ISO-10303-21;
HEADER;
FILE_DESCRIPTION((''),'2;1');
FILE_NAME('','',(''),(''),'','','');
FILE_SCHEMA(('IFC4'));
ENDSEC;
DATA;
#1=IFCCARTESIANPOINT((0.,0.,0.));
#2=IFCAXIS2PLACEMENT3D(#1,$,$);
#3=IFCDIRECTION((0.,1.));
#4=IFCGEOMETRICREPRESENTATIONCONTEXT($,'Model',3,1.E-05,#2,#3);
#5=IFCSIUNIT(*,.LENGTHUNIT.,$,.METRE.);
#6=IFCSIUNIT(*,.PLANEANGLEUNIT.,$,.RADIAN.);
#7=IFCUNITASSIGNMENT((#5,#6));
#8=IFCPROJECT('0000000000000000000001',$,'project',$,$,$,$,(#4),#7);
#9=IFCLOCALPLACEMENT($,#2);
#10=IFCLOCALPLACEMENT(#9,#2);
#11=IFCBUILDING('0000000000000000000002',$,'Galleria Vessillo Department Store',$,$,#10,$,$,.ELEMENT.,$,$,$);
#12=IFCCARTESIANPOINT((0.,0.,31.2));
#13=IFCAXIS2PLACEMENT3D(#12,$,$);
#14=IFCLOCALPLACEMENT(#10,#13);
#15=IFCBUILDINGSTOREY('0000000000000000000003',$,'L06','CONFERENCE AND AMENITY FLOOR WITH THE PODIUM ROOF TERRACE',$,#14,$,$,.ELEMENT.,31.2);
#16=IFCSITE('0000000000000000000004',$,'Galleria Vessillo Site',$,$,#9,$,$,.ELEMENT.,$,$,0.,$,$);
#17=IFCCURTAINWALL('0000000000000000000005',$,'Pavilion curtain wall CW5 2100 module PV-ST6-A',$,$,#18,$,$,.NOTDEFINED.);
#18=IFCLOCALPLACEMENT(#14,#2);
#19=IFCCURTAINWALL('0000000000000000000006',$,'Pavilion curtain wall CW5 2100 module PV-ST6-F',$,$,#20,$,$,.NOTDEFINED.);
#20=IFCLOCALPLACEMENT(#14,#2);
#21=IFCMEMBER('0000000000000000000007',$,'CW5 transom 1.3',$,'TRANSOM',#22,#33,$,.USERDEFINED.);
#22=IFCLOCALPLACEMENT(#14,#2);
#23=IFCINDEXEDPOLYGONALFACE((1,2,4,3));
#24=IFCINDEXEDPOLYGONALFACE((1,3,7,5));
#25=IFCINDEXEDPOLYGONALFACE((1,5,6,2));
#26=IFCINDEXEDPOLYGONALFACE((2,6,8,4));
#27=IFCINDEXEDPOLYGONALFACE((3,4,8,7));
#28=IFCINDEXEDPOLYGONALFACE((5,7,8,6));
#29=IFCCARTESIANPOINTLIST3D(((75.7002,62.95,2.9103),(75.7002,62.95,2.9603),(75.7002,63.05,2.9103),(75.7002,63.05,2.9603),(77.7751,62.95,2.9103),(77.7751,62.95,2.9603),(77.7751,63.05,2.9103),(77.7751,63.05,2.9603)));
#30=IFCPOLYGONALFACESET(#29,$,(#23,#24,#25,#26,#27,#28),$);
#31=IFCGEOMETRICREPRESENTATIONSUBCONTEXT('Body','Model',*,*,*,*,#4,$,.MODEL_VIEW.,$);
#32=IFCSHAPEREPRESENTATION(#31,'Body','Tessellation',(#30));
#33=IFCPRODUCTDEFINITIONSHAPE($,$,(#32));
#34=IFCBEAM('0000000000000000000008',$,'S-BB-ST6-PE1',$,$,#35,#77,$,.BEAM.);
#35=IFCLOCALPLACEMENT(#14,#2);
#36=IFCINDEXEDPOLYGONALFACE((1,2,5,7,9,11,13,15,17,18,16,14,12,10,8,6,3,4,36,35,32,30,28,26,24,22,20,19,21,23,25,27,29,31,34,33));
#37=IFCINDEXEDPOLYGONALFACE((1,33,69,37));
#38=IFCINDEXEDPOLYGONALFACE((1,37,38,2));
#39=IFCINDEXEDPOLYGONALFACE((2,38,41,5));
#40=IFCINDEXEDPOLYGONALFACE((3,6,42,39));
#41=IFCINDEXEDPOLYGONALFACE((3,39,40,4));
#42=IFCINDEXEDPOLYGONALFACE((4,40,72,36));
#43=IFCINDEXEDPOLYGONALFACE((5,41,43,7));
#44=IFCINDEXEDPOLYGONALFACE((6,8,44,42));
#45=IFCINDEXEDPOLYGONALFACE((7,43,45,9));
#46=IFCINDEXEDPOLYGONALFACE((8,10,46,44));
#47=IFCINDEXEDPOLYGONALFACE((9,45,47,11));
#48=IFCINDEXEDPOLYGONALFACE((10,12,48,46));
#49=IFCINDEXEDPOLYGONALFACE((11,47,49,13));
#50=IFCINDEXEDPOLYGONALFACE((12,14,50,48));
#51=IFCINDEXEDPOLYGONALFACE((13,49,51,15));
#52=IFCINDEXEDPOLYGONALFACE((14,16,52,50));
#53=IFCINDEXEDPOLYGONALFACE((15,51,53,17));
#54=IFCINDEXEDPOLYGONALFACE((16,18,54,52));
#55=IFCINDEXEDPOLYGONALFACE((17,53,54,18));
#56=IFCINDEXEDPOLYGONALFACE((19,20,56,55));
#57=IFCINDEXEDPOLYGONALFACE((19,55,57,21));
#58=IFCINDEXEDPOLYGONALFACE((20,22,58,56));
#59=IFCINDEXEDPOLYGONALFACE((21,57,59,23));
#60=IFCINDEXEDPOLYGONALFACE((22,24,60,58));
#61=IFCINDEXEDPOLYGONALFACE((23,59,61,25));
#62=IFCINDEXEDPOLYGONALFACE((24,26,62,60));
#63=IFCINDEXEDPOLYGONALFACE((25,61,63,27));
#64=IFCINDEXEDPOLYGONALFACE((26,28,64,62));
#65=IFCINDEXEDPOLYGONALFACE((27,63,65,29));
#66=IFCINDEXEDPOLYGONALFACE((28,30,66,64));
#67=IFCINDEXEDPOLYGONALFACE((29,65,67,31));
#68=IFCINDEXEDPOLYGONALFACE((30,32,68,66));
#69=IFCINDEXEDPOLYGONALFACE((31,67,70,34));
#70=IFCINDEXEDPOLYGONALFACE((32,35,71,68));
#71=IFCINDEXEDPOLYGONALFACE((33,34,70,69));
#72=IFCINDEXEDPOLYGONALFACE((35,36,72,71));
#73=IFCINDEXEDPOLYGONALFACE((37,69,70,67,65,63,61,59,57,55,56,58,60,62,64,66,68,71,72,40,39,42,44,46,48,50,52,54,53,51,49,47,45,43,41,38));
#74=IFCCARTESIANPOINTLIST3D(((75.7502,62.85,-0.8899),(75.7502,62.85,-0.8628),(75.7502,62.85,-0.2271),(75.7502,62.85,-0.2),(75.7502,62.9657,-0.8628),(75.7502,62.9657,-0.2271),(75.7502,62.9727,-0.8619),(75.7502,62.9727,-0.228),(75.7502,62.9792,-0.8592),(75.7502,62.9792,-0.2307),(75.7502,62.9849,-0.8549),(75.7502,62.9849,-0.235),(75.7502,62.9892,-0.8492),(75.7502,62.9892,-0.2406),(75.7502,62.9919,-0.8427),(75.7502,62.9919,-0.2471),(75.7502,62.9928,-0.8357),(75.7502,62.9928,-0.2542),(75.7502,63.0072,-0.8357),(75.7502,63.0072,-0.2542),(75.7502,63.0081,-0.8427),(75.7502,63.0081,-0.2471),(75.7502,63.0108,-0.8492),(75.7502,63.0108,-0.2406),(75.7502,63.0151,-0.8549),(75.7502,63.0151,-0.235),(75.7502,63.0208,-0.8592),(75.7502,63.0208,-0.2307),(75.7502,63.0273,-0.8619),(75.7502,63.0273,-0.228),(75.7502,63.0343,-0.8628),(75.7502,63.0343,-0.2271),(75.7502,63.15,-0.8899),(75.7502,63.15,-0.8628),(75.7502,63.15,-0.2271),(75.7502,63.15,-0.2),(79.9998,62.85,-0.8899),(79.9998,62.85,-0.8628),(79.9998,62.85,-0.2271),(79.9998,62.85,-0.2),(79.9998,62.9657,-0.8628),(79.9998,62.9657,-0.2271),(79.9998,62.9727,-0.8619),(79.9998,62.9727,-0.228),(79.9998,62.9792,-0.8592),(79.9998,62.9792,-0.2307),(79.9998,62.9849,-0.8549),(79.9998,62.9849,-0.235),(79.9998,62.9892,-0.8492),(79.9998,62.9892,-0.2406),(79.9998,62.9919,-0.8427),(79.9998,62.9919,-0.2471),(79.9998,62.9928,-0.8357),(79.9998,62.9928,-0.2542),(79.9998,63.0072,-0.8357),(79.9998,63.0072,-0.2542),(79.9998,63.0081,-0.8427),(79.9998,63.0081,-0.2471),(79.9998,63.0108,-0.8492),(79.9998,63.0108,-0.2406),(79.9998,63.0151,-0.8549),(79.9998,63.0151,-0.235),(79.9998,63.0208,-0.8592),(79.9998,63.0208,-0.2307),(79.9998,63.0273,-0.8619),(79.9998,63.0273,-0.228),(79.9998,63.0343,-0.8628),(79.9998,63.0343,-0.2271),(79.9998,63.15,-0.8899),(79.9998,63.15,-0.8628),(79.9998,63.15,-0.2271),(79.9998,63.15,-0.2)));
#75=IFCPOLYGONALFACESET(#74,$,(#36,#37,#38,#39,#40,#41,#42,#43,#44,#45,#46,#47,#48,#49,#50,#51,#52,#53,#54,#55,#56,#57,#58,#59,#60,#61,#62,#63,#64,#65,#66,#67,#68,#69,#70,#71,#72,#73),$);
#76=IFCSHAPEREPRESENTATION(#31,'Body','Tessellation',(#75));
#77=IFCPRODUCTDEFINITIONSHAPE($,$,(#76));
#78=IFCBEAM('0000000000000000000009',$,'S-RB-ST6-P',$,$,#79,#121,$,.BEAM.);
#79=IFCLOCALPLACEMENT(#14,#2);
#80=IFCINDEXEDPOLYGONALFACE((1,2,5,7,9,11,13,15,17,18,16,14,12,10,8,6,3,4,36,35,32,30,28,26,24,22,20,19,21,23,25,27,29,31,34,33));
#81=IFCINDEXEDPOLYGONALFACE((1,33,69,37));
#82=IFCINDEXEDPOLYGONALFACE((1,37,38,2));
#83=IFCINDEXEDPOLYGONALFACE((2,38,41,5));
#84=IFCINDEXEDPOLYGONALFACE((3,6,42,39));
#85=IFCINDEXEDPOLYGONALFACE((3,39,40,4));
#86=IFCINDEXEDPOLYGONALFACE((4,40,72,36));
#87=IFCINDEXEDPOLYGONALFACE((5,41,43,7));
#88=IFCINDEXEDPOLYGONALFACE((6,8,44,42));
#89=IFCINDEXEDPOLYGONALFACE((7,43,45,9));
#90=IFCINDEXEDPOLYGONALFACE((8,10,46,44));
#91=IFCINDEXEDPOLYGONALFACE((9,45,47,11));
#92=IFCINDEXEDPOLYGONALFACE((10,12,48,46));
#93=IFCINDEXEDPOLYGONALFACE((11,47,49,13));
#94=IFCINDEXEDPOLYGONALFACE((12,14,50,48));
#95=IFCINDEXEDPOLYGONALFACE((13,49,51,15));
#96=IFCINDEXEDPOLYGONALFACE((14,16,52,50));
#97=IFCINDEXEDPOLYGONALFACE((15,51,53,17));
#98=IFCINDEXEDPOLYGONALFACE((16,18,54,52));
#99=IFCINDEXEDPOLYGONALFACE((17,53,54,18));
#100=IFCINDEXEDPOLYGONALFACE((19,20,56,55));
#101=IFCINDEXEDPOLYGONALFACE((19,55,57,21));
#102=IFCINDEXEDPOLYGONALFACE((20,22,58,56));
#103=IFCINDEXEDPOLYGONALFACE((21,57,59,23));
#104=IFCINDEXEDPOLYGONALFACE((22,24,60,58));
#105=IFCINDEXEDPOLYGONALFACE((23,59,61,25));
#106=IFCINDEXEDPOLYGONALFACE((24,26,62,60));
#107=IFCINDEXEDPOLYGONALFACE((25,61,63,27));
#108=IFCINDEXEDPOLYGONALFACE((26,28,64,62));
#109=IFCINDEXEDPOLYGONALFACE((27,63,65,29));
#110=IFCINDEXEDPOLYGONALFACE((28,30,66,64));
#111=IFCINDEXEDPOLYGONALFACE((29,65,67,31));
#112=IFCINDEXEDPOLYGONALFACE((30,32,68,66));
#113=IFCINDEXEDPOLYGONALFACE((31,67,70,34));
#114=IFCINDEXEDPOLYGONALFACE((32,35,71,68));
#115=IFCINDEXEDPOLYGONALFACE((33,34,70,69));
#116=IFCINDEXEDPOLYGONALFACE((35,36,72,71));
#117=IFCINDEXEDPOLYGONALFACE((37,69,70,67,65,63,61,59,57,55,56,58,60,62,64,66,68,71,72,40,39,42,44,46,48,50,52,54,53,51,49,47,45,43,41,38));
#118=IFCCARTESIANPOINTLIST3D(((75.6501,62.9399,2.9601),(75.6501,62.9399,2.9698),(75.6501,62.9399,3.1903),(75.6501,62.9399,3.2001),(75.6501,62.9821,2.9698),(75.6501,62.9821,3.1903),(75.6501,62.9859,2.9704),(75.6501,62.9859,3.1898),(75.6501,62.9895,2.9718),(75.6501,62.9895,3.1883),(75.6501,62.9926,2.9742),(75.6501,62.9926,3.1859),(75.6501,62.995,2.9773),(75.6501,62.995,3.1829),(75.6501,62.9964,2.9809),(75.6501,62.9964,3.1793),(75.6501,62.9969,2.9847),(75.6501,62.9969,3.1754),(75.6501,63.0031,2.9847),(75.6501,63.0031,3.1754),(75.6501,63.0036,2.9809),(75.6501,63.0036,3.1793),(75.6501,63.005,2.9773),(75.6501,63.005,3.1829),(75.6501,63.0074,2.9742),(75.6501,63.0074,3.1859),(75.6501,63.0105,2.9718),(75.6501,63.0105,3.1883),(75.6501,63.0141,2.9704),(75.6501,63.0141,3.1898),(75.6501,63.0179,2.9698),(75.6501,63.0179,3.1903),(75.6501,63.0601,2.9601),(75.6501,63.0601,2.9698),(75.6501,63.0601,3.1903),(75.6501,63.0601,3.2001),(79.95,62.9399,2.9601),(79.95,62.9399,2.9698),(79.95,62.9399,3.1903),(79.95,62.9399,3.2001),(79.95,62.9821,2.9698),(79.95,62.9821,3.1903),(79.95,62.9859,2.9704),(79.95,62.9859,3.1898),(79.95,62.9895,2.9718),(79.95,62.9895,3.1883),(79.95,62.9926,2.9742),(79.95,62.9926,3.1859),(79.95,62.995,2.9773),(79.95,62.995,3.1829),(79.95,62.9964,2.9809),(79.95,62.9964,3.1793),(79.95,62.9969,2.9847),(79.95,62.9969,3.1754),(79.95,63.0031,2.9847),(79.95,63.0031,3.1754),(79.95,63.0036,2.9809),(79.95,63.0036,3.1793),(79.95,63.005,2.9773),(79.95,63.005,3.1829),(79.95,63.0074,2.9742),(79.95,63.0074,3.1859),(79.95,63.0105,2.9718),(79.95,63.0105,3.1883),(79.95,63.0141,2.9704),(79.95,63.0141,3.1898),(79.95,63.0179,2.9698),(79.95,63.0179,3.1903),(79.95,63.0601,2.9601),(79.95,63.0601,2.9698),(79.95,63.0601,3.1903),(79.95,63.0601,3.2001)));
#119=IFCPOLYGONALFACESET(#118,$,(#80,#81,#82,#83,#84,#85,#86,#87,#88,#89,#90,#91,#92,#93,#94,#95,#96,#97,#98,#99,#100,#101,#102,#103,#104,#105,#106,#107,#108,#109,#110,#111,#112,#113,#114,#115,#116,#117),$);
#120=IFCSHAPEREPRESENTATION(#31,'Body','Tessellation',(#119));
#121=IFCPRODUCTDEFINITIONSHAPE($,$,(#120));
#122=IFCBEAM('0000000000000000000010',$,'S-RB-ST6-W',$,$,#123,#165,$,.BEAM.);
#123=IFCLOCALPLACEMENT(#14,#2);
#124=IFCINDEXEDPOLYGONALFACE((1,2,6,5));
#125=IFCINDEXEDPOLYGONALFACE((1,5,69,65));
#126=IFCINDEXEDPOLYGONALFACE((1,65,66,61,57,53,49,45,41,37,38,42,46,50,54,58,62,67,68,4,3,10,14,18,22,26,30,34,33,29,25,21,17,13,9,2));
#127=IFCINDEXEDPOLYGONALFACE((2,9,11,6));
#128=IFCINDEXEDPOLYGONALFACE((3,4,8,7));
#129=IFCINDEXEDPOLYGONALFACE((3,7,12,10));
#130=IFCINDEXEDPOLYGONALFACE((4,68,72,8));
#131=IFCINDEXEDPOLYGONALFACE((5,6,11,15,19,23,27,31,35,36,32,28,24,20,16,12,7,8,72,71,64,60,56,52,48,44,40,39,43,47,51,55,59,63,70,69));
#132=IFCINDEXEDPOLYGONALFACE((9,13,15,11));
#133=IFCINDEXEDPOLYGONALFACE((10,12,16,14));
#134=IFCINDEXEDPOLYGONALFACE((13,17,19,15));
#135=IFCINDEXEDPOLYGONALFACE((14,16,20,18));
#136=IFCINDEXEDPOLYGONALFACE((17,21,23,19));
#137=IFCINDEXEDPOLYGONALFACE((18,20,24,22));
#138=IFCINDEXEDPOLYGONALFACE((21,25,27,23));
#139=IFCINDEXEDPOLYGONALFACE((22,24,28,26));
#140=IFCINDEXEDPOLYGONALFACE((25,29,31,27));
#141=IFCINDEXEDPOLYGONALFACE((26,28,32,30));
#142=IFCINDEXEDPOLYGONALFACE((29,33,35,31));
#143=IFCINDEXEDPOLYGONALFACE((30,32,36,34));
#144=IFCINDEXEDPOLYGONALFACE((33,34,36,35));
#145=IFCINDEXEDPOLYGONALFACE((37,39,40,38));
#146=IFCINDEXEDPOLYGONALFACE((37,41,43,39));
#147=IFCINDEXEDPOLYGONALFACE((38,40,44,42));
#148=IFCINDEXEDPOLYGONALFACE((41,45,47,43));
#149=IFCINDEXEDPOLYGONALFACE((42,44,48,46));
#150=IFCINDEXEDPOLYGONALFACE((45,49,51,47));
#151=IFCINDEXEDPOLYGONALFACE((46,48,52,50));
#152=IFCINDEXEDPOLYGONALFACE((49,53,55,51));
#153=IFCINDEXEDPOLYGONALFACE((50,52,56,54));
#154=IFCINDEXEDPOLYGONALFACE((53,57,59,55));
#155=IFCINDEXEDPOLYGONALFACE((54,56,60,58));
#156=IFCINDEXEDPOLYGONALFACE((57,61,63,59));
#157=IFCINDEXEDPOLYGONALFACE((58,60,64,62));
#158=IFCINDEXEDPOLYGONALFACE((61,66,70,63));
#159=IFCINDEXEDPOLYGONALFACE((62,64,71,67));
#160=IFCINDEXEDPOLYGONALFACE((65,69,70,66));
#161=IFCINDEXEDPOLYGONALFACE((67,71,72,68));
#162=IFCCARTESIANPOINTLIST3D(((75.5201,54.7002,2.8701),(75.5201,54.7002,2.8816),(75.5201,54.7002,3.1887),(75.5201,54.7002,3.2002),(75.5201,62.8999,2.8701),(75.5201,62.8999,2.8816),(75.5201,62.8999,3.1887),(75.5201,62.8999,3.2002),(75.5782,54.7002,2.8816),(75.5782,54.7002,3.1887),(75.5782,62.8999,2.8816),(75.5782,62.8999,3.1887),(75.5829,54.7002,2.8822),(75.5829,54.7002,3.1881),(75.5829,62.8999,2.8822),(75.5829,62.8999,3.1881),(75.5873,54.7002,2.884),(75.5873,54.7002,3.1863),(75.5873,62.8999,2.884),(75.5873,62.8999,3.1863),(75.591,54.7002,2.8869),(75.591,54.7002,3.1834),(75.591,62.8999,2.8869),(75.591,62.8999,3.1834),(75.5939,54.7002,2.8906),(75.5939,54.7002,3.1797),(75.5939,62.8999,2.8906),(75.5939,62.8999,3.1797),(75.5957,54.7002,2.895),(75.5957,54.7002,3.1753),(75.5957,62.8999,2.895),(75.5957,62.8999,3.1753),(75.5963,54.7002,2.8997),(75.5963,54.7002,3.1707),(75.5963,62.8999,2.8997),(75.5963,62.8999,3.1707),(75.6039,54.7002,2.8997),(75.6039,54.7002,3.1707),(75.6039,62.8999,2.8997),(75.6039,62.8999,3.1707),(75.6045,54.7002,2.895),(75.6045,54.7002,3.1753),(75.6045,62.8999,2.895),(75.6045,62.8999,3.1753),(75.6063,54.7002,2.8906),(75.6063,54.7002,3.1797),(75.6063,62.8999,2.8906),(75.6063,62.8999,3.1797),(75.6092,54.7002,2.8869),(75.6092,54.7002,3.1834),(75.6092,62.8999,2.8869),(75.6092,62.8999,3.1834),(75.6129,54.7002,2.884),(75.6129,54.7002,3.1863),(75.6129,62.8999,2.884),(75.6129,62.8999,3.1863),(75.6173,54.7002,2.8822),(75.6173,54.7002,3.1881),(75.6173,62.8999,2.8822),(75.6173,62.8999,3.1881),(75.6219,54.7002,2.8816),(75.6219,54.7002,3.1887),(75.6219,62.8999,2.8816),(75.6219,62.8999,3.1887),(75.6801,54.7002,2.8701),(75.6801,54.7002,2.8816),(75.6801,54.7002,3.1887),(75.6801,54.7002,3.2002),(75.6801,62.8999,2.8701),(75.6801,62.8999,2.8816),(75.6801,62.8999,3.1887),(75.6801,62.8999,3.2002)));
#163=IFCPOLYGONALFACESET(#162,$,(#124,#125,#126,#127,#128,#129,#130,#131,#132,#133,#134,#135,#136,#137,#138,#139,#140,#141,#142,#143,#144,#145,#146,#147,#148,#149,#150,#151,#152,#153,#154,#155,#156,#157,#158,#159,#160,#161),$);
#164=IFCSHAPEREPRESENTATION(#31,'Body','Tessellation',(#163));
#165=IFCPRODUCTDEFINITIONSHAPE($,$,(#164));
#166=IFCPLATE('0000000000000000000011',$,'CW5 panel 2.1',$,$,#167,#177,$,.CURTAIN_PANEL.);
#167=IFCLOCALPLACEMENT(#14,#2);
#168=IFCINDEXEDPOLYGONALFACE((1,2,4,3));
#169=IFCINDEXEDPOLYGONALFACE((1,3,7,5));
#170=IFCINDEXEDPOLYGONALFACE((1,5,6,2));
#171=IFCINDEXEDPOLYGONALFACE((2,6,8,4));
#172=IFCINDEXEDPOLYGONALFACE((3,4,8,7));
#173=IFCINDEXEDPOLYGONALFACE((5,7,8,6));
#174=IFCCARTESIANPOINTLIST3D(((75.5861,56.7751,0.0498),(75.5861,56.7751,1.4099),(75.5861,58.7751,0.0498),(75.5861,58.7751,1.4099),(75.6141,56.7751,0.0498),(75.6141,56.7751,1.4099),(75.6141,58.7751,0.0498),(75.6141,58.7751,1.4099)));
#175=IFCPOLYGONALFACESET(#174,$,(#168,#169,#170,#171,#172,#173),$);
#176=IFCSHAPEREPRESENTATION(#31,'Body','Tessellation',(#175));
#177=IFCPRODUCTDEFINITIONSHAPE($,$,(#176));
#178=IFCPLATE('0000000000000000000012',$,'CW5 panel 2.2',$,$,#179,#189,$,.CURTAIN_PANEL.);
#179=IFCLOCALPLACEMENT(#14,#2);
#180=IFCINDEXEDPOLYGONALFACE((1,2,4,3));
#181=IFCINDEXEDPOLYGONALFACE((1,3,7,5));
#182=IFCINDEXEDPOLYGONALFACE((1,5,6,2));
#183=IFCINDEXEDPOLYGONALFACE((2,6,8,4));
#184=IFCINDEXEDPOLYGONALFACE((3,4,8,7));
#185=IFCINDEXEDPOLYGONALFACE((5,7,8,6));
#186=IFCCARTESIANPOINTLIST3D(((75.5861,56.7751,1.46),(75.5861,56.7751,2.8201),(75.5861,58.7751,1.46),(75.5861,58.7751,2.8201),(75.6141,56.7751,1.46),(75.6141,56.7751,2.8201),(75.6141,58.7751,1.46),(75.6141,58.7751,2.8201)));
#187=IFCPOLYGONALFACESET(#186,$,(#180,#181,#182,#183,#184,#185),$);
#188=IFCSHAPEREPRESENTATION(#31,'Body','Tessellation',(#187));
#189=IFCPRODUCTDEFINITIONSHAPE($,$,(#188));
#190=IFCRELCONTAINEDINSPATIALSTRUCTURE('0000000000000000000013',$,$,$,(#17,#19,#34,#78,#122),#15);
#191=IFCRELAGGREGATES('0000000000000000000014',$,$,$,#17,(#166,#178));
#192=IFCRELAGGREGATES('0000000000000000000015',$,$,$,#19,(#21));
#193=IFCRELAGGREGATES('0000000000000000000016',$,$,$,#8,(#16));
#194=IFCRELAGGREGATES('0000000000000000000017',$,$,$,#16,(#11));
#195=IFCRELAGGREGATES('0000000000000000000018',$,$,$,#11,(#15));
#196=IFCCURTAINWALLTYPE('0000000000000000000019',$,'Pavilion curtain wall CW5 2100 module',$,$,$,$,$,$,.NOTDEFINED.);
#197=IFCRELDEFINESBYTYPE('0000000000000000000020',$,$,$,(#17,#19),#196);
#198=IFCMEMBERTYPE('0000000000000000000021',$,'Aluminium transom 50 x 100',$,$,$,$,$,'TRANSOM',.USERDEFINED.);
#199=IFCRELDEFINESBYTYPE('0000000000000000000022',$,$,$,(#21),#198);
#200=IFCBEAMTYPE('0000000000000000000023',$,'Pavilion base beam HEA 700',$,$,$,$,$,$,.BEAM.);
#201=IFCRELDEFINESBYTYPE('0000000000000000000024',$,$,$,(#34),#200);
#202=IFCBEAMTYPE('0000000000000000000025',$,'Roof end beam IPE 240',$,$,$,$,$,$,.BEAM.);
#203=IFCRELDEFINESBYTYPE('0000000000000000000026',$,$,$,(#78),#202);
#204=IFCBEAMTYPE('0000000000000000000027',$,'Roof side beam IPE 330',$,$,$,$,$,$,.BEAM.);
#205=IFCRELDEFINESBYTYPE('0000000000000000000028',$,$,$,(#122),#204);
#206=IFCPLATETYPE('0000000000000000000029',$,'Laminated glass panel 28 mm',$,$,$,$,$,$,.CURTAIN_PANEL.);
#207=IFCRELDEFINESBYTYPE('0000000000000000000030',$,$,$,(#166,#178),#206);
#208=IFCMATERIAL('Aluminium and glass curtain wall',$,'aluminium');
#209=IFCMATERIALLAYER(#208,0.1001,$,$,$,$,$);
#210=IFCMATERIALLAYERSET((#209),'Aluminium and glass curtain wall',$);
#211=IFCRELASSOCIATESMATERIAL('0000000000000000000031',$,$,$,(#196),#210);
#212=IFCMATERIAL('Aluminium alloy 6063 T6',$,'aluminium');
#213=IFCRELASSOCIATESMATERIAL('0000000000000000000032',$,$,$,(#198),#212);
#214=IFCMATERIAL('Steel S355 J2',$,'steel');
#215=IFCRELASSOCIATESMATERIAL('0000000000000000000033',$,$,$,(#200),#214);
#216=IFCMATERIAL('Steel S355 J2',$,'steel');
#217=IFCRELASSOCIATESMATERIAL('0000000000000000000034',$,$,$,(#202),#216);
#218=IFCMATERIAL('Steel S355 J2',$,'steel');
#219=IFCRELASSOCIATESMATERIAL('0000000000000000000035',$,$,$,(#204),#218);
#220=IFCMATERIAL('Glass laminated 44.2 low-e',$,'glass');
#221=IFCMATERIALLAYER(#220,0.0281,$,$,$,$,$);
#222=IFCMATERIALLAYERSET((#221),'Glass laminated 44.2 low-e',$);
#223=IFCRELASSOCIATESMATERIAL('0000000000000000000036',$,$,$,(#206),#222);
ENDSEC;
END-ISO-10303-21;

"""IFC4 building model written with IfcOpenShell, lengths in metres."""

from ifc_helpers import new_model, si_unit, direction, frame, origin, origin_2d, place, context, subcontext, project, spatial, rectangle, i_section, extrude, material, layer, layer_set, material_profile, profile_set, type_object, element, aggregate, save


model = new_model("IFC4")

# Units and contexts
model_context = context("Model", 3, precision=1e-05, world=origin(), true_north=direction((0.0, 1.0)))
body_context = subcontext(model_context, "Body", "Model", "MODEL_VIEW")
ifc_project = project(units=[si_unit("LENGTHUNIT", "METRE"), si_unit("PLANEANGLEUNIT", "RADIAN")], contexts=[model_context])

# Site, building, storey
site_placement = place(None, origin())
site = spatial("IfcSite", under=ifc_project, at=site_placement, Name="Galleria Vessillo Site", CompositionType="ELEMENT", RefElevation=0.0)
building_placement = place(site_placement, origin())
building = spatial("IfcBuilding", under=site, at=building_placement, Name="Galleria Vessillo Department Store", CompositionType="ELEMENT")
storey_placement = place(building_placement, frame((0.0, 0.0, 31.2)))
storey = spatial("IfcBuildingStorey", under=building, at=storey_placement, Name="L06", Description="CONFERENCE AND AMENITY FLOOR WITH THE PODIUM ROOF TERRACE", CompositionType="ELEMENT", Elevation=31.2)

# Curtain walls
ifc_material_1 = material(Name="Aluminium and glass curtain wall", Category="aluminium")
ifc_layer_1 = layer(ifc_material_1, 0.1001)
ifc_layer_set_1 = layer_set([ifc_layer_1], Name="Aluminium and glass curtain wall")
curtain_wall_type = type_object("IfcCurtainWallType", Name="Pavilion curtain wall CW5 2100 module", PredefinedType="NOTDEFINED", material=ifc_layer_set_1)
curtain_wall_1_placement = place(storey_placement, origin())
curtain_wall_1 = element("IfcCurtainWall", 1, at=curtain_wall_1_placement, inside=storey, type_object=curtain_wall_type, Name="Pavilion curtain wall CW5 2100 module PV-ST6-A", PredefinedType="NOTDEFINED")
curtain_wall_2_placement = place(storey_placement, origin())
curtain_wall_2 = element("IfcCurtainWall", 2, at=curtain_wall_2_placement, inside=storey, type_object=curtain_wall_type, Name="Pavilion curtain wall CW5 2100 module PV-ST6-F", PredefinedType="NOTDEFINED")

# Member
ifc_material_2 = material(Name="Aluminium alloy 6063 T6", Category="aluminium")
ifc_material_profile_1 = material_profile(ifc_material_2, rectangle(XDim=0.1001, YDim=0.05, at=origin_2d()), Name="AL 50x100")
ifc_profile_set_1 = profile_set([ifc_material_profile_1], Name="Aluminium alloy 6063 T6")
member_type_1 = type_object("IfcMemberType", Name="Aluminium transom 50 x 100", ElementType="TRANSOM", PredefinedType="USERDEFINED", material=ifc_profile_set_1)
member_1_placement = place(storey_placement, frame((75.7002, 63.0, 2.9353), z_axis=(1.0, 0.0, 0.0), x_axis=(0.0, 1.0, 0.0)))
member_1 = element("IfcMember", 3, at=member_1_placement, type_object=member_type_1, Name="CW5 transom 1.3", ObjectType="TRANSOM", PredefinedType="USERDEFINED", context=body_context, shape_type="SweptSolid", body=[
    extrude(rectangle(XDim=0.1001, YDim=0.05, at=origin_2d()), origin(), (0.0, 0.0, 1.0), 2.075),
])

# Beams
ifc_material_3 = material(Name="Steel S355 J2", Category="steel")
ifc_material_profile_2 = material_profile(ifc_material_3, i_section(OverallWidth=0.3, OverallDepth=0.6899, WebThickness=0.0144, FlangeThickness=0.0271, FilletRadius=0.0271, at=origin_2d()), Name="HEA 700")
ifc_profile_set_2 = profile_set([ifc_material_profile_2], Name="Steel S355 J2")
beam_type_1 = type_object("IfcBeamType", Name="Pavilion base beam HEA 700", PredefinedType="BEAM", material=ifc_profile_set_2)
beam_1_placement = place(storey_placement, frame((75.7502, 63.0, -0.5449), z_axis=(1.0, 0.0, 0.0), x_axis=(0.0, 1.0, 0.0)))
element("IfcBeam", 4, at=beam_1_placement, inside=storey, type_object=beam_type_1, Name="S-BB-ST6-PE1", PredefinedType="BEAM", context=body_context, shape_type="SweptSolid", body=[
    extrude(i_section(OverallWidth=0.3, OverallDepth=0.6899, WebThickness=0.0144, FlangeThickness=0.0271, FilletRadius=0.0271, at=origin_2d()), origin(), (0.0, 0.0, 1.0), 4.2495),
])
ifc_material_4 = material(Name="Steel S355 J2", Category="steel")
ifc_material_profile_3 = material_profile(ifc_material_4, i_section(OverallWidth=0.1201, OverallDepth=0.24, WebThickness=0.0061, FlangeThickness=0.0098, FilletRadius=0.0149, at=origin_2d()), Name="IPE 240")
ifc_profile_set_3 = profile_set([ifc_material_profile_3], Name="Steel S355 J2")
beam_type_2 = type_object("IfcBeamType", Name="Roof end beam IPE 240", PredefinedType="BEAM", material=ifc_profile_set_3)
beam_2_placement = place(storey_placement, frame((75.6501, 63.0, 3.0801), z_axis=(1.0, 0.0, 0.0), x_axis=(0.0, 1.0, 0.0)))
element("IfcBeam", 5, at=beam_2_placement, inside=storey, type_object=beam_type_2, Name="S-RB-ST6-P", PredefinedType="BEAM", context=body_context, shape_type="SweptSolid", body=[
    extrude(i_section(OverallWidth=0.1201, OverallDepth=0.24, WebThickness=0.0061, FlangeThickness=0.0098, FilletRadius=0.0149, at=origin_2d()), origin(), (0.0, 0.0, 1.0), 4.2998),
])
ifc_material_5 = material(Name="Steel S355 J2", Category="steel")
ifc_material_profile_4 = material_profile(ifc_material_5, i_section(OverallWidth=0.1599, OverallDepth=0.3301, WebThickness=0.0076, FlangeThickness=0.0115, FilletRadius=0.0181, at=origin_2d()), Name="IPE 330")
ifc_profile_set_4 = profile_set([ifc_material_profile_4], Name="Steel S355 J2")
beam_type_3 = type_object("IfcBeamType", Name="Roof side beam IPE 330", PredefinedType="BEAM", material=ifc_profile_set_4)
beam_3_placement = place(storey_placement, frame((75.6001, 62.8999, 3.0352), z_axis=(0.0, -1.0, 0.0), x_axis=(1.0, 0.0, 0.0)))
element("IfcBeam", 6, at=beam_3_placement, inside=storey, type_object=beam_type_3, Name="S-RB-ST6-W", PredefinedType="BEAM", context=body_context, shape_type="SweptSolid", body=[
    extrude(i_section(OverallWidth=0.1599, OverallDepth=0.3301, WebThickness=0.0076, FlangeThickness=0.0115, FilletRadius=0.0181, at=origin_2d()), origin(), (0.0, 0.0, 1.0), 8.1997),
])

# Plates
ifc_material_6 = material(Name="Glass laminated 44.2 low-e", Category="glass")
ifc_layer_2 = layer(ifc_material_6, 0.0281)
ifc_layer_set_2 = layer_set([ifc_layer_2], Name="Glass laminated 44.2 low-e")
plate_type = type_object("IfcPlateType", Name="Laminated glass panel 28 mm", PredefinedType="CURTAIN_PANEL", material=ifc_layer_set_2)
plate_1_placement = place(storey_placement, frame((75.6001, 57.7751, 0.0498), z_axis=(0.0, 0.0, 1.0), x_axis=(0.0, 1.0, 0.0)))
plate_1 = element("IfcPlate", 7, at=plate_1_placement, type_object=plate_type, Name="CW5 panel 2.1", PredefinedType="CURTAIN_PANEL", context=body_context, shape_type="SweptSolid", body=[
    extrude(rectangle(XDim=2.0, YDim=0.0281, at=origin_2d()), origin(), (0.0, 0.0, 1.0), 1.3601),
])
plate_2_placement = place(storey_placement, frame((75.6001, 57.7751, 1.46), z_axis=(0.0, 0.0, 1.0), x_axis=(0.0, 1.0, 0.0)))
plate_2 = element("IfcPlate", 8, at=plate_2_placement, type_object=plate_type, Name="CW5 panel 2.2", PredefinedType="CURTAIN_PANEL", context=body_context, shape_type="SweptSolid", body=[
    extrude(rectangle(XDim=2.0, YDim=0.0281, at=origin_2d()), origin(), (0.0, 0.0, 1.0), 1.3601),
])
aggregate(curtain_wall_1, [plate_1, plate_2])
aggregate(curtain_wall_2, [member_1])

save(model, "model.ifc")
